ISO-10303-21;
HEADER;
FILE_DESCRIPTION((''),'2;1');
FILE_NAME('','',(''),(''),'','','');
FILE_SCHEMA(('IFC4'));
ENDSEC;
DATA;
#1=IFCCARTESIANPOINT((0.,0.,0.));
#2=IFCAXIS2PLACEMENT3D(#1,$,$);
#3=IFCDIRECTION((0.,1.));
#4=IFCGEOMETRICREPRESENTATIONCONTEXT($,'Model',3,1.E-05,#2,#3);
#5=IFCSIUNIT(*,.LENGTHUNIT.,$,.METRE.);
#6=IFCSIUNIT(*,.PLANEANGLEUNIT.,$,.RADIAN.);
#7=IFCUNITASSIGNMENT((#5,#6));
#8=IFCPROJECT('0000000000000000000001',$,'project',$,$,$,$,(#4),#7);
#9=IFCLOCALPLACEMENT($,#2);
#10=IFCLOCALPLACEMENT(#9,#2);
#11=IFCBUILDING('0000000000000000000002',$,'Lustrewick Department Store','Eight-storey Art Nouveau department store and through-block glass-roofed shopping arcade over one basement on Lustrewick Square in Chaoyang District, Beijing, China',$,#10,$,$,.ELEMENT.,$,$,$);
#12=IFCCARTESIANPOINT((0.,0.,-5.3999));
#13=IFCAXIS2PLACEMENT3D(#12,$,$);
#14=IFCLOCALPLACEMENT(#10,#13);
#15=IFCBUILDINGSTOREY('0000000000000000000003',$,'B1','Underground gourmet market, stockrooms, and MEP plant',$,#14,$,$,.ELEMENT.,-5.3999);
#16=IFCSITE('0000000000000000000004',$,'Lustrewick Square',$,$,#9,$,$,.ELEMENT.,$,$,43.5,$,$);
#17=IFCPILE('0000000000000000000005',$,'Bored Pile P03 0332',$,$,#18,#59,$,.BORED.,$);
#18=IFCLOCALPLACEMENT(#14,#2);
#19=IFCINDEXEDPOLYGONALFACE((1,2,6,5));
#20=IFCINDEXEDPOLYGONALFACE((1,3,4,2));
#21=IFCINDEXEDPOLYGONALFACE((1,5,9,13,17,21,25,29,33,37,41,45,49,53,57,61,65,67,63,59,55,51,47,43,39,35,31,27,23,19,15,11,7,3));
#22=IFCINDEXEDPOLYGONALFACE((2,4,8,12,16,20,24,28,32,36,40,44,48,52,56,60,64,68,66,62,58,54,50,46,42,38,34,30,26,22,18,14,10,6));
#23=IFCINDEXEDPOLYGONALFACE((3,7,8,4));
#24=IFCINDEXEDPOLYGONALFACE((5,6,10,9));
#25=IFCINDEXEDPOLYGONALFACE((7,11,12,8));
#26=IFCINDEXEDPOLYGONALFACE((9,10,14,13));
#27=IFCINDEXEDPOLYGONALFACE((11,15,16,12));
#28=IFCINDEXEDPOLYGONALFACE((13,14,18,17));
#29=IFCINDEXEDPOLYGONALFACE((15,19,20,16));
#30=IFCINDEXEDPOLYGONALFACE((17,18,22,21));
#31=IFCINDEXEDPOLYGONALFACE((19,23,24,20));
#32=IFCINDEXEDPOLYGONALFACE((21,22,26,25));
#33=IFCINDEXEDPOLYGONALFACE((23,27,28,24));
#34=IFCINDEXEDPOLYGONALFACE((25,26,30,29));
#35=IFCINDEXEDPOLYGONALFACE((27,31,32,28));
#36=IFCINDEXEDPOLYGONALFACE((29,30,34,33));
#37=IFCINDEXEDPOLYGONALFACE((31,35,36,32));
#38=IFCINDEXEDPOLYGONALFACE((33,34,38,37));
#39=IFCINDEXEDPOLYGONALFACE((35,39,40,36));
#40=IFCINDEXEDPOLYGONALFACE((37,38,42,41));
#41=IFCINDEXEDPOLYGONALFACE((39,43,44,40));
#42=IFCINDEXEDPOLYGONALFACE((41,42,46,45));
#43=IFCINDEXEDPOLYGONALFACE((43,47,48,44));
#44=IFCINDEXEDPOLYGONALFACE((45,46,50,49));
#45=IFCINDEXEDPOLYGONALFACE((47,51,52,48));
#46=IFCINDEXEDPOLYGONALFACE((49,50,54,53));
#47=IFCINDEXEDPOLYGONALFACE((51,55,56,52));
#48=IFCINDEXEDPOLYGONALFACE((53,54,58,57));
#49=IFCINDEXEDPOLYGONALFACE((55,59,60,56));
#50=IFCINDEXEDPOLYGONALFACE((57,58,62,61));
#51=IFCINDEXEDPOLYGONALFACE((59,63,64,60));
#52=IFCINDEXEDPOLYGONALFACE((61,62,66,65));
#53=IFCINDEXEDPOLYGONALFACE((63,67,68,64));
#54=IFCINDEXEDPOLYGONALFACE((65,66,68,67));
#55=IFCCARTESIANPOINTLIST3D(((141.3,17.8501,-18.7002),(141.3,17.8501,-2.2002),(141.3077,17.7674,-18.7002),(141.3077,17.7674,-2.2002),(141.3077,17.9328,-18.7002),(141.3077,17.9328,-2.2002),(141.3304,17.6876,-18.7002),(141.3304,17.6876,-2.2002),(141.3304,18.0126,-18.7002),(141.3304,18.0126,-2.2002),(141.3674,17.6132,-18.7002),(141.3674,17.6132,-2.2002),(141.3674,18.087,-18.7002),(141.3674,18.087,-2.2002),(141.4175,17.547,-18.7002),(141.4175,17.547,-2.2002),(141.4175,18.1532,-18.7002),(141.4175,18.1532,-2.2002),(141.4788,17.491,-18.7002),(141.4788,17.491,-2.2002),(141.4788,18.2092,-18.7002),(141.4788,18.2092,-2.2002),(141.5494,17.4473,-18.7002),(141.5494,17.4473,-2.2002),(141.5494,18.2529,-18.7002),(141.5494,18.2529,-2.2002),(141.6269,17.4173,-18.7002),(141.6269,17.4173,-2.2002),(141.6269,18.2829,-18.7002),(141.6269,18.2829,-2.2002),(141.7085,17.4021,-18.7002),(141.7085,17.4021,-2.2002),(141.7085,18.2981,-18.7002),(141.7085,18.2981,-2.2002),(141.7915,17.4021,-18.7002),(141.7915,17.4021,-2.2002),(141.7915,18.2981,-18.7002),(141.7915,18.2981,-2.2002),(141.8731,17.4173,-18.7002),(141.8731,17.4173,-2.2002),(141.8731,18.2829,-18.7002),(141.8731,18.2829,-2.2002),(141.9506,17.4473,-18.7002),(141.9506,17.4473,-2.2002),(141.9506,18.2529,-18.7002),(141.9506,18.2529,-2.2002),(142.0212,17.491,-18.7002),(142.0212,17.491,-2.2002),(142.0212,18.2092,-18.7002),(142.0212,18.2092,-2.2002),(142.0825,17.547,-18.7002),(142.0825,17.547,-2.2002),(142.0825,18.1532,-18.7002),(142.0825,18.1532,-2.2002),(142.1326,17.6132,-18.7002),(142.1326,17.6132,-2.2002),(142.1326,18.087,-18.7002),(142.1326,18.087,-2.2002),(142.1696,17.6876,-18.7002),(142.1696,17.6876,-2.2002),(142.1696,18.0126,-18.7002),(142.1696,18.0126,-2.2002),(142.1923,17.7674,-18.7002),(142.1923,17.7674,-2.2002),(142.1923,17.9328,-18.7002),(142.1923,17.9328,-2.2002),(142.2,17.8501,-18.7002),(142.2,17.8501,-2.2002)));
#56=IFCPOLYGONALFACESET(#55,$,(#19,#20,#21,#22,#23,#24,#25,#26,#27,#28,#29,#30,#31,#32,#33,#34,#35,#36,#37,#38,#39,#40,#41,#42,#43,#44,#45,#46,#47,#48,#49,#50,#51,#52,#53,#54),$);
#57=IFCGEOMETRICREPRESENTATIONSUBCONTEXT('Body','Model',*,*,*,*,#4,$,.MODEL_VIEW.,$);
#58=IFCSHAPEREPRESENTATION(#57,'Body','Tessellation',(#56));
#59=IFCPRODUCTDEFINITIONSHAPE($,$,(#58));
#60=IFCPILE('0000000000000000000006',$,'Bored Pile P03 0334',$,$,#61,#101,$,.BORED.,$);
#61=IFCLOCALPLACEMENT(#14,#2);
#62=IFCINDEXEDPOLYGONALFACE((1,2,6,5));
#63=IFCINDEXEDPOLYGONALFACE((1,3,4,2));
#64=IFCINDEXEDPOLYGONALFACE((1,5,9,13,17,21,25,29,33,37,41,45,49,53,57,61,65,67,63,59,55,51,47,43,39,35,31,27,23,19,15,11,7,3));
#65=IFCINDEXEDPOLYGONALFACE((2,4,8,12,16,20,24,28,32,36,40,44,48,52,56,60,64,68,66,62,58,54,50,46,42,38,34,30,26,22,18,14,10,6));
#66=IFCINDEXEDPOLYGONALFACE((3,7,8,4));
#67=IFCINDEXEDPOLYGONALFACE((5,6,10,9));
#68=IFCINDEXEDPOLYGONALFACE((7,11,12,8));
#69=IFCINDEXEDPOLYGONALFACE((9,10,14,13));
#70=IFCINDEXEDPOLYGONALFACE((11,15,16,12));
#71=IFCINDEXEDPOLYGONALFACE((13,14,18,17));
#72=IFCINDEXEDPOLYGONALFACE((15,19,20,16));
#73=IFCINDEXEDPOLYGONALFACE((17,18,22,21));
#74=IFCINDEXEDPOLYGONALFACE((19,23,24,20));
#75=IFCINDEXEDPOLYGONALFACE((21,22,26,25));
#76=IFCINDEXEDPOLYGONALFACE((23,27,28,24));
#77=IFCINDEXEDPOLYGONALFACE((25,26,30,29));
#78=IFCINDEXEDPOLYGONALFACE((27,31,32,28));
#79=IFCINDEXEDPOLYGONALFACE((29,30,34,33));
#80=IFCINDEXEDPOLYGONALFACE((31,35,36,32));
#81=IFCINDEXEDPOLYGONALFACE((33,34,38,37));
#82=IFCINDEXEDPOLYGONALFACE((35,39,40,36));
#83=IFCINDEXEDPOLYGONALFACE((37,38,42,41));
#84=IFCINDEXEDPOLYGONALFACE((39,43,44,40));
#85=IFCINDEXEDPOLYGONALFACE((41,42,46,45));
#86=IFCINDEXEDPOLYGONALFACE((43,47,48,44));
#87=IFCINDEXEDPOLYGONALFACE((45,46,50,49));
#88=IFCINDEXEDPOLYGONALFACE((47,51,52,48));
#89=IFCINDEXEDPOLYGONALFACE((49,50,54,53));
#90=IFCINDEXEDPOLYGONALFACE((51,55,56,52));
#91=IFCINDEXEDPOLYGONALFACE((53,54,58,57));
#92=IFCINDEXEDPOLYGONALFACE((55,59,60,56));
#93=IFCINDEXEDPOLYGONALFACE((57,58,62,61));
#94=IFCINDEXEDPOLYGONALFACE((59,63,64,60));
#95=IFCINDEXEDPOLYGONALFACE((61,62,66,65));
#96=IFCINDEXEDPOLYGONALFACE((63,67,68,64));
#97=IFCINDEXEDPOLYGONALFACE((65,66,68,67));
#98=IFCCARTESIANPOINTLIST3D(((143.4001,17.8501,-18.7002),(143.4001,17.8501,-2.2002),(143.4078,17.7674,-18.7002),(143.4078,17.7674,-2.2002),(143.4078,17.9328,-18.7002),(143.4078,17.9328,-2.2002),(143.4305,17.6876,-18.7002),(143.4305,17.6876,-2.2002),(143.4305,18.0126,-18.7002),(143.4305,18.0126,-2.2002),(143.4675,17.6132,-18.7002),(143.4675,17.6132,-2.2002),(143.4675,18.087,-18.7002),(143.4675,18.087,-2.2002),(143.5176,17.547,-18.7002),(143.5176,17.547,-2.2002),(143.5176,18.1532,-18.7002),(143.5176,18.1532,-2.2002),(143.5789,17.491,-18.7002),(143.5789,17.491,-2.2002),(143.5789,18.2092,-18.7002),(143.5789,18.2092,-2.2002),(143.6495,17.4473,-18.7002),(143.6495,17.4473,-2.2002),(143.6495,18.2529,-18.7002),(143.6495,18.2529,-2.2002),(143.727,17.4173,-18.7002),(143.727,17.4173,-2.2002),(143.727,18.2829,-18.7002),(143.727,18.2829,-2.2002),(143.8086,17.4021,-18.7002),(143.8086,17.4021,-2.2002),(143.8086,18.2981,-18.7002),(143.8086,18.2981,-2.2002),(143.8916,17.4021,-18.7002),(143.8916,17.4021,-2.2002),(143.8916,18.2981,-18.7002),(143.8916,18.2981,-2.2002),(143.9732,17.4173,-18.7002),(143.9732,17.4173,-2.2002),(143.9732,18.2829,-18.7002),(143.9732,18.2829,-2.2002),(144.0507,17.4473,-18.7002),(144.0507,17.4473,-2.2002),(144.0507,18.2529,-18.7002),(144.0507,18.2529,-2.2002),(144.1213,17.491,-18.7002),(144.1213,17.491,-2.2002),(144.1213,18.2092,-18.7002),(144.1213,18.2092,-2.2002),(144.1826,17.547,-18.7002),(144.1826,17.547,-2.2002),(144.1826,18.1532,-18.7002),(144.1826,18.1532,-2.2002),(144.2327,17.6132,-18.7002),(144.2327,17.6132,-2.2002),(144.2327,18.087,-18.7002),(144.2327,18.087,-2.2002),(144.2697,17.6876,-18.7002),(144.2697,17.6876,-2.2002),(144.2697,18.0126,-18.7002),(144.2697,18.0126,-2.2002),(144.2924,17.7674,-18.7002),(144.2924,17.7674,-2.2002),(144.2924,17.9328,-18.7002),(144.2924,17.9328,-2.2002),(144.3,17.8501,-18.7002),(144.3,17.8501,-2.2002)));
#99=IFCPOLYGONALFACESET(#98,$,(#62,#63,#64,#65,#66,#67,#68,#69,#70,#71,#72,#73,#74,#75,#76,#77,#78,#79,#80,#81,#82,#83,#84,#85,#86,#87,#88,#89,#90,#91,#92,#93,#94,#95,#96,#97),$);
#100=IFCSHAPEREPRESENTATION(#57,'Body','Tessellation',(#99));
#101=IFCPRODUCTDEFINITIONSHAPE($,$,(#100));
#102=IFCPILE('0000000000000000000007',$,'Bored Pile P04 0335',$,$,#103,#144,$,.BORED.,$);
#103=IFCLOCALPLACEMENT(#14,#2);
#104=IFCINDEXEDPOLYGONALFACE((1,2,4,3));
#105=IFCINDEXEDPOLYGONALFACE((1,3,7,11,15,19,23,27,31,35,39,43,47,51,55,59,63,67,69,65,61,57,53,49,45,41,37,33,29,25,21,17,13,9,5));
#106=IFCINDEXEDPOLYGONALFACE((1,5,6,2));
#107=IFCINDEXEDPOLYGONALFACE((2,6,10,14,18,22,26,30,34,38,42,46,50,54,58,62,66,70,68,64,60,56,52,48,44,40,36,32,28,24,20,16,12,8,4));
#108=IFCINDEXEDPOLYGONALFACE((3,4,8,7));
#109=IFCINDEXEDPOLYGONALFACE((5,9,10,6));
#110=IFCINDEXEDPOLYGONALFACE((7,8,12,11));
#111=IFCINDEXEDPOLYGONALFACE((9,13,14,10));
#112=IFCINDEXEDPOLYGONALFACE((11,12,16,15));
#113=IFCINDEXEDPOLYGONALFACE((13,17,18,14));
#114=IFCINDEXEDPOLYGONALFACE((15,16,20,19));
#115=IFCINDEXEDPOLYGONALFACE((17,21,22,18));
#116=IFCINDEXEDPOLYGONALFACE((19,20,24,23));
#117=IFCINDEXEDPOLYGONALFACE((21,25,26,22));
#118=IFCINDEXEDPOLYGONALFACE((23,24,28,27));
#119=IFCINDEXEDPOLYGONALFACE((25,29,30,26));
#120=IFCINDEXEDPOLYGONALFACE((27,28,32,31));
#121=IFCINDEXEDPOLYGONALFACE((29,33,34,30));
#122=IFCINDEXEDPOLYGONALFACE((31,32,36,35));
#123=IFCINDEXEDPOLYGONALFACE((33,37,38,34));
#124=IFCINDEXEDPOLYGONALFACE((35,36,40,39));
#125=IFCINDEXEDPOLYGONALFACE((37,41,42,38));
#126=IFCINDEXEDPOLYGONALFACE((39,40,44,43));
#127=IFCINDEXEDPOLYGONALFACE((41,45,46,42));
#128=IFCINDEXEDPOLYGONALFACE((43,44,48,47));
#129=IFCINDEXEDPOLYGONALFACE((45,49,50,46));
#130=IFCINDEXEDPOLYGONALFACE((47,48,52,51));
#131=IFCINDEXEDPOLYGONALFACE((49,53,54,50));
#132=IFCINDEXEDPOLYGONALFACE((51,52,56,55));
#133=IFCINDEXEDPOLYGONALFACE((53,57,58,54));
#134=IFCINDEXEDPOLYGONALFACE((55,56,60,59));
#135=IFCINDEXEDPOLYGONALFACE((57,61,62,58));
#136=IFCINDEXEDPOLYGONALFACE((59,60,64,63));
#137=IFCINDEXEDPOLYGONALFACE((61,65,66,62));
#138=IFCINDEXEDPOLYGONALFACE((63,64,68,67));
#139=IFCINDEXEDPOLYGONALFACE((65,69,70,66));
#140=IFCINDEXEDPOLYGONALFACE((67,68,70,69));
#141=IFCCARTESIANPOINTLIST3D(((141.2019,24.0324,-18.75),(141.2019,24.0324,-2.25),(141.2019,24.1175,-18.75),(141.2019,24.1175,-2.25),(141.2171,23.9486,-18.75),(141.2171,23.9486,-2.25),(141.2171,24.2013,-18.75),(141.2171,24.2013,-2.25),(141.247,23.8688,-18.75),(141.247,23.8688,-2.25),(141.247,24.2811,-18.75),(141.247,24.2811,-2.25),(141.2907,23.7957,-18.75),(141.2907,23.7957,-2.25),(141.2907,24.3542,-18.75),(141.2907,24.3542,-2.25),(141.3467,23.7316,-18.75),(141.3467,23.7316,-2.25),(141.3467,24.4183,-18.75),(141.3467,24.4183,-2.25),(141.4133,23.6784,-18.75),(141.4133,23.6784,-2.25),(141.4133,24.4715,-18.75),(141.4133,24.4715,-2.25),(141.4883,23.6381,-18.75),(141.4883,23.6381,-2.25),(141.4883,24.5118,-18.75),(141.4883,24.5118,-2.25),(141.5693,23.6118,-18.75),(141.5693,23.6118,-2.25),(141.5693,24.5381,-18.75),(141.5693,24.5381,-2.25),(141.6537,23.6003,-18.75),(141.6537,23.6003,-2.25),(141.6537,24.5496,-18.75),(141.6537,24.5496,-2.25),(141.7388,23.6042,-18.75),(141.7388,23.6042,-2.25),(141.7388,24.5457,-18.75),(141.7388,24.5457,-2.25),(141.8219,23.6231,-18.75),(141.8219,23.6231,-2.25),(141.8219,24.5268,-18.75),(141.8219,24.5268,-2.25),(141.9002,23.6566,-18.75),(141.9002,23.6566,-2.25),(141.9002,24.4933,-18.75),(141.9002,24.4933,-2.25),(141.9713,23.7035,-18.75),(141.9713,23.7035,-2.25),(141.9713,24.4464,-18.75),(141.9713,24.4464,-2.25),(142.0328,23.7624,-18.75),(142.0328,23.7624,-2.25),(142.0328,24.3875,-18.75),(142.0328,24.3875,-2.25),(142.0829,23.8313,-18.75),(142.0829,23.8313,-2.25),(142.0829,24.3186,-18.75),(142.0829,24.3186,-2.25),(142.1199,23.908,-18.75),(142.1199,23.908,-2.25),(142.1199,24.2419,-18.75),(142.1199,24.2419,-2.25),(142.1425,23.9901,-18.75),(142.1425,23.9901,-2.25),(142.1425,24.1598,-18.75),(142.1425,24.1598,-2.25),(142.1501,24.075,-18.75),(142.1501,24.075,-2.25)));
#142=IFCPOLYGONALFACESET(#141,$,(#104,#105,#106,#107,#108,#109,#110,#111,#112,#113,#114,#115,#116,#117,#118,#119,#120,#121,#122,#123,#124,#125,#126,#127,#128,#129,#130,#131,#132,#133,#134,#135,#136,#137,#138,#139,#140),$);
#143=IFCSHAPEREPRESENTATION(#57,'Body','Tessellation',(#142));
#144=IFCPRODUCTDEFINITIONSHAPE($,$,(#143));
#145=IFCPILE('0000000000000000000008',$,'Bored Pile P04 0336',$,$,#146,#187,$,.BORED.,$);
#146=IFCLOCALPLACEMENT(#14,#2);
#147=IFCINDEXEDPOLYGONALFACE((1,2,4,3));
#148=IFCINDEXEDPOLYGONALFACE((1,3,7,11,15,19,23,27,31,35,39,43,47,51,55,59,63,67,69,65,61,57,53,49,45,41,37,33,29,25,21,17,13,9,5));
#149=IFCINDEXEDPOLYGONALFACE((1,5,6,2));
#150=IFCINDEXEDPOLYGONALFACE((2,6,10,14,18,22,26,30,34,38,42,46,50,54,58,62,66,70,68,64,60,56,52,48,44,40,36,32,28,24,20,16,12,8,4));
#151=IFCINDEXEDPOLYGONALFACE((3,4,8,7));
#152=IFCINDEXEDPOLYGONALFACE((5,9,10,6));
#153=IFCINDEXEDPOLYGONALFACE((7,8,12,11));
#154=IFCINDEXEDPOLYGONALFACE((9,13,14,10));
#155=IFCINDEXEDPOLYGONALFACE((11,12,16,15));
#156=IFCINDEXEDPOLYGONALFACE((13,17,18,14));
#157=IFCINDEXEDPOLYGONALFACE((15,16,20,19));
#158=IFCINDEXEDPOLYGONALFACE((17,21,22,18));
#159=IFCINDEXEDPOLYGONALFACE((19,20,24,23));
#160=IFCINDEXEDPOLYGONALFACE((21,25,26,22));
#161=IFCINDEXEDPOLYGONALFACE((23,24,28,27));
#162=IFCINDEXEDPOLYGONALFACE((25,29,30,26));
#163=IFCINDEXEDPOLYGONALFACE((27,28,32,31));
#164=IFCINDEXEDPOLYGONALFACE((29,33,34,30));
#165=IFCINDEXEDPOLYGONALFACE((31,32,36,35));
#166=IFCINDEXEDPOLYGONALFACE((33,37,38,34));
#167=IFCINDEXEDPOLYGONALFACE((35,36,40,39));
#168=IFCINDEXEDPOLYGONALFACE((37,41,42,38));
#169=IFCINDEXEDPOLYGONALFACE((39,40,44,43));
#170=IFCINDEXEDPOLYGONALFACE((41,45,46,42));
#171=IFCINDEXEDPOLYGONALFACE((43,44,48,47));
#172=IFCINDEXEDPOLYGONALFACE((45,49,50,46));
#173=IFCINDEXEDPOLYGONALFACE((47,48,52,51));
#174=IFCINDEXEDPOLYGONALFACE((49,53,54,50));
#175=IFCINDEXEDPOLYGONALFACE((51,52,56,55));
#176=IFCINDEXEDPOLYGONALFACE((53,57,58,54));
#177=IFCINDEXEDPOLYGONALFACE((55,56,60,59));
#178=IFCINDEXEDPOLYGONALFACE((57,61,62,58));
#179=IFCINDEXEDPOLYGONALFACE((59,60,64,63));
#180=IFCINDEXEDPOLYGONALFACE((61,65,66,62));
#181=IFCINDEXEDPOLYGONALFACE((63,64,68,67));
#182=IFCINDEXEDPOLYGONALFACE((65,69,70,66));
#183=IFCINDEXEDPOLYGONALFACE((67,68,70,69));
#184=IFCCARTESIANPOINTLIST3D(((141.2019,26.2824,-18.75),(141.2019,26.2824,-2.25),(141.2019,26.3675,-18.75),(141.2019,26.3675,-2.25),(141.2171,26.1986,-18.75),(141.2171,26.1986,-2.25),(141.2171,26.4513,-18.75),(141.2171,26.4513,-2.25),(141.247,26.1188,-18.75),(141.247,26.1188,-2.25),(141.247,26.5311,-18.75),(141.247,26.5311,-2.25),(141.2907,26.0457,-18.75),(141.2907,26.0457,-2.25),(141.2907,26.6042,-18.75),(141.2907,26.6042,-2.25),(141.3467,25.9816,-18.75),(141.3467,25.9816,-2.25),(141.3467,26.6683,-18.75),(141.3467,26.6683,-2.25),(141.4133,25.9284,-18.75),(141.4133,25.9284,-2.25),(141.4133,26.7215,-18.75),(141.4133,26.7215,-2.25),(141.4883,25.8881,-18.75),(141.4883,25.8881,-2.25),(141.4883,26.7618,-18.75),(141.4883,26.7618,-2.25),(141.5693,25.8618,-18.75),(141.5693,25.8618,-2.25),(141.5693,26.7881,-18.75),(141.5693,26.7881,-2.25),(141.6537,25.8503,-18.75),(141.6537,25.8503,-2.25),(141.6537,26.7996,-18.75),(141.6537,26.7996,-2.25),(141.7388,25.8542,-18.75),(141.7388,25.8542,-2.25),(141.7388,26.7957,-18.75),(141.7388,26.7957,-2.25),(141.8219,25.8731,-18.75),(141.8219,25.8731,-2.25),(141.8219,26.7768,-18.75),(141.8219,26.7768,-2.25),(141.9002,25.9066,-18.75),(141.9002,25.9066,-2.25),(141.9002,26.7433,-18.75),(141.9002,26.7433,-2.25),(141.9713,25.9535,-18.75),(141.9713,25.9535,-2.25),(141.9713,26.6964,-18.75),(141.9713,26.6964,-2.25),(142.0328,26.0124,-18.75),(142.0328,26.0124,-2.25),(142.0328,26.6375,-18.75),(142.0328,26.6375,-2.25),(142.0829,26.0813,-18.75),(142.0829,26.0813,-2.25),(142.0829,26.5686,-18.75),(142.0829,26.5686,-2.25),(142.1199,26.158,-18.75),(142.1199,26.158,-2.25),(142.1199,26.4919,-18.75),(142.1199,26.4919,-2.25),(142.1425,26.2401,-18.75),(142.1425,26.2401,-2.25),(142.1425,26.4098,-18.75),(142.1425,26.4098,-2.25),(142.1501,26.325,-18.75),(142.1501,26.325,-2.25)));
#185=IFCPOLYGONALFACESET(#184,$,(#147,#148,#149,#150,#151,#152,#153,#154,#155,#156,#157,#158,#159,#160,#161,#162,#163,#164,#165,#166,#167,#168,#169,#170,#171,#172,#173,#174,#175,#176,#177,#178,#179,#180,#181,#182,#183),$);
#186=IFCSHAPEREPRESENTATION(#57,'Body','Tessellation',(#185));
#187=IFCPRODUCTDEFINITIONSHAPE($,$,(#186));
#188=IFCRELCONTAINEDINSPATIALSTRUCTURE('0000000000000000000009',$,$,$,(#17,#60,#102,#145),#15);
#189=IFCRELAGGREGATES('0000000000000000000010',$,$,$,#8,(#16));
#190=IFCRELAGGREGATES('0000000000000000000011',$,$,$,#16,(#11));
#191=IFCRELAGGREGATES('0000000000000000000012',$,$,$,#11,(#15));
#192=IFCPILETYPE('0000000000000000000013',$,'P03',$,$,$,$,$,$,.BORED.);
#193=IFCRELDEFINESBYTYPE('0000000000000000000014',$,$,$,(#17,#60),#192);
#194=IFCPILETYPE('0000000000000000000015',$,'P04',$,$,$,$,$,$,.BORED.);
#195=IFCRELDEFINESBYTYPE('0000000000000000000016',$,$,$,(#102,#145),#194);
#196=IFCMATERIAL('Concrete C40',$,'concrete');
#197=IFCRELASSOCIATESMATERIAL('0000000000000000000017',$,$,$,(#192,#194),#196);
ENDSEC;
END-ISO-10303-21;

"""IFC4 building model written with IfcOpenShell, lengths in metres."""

from ifc_helpers import new_model, si_unit, direction, frame, origin, origin_2d, place, context, subcontext, project, spatial, circle, extrude, material, material_profile, profile_set, type_object, element, save


model = new_model("IFC4")

# Units and contexts
model_context = context("Model", 3, precision=1e-05, world=origin(), true_north=direction((0.0, 1.0)))
body_context = subcontext(model_context, "Body", "Model", "MODEL_VIEW")
ifc_project = project(units=[si_unit("LENGTHUNIT", "METRE"), si_unit("PLANEANGLEUNIT", "RADIAN")], contexts=[model_context])

# Site, building, storey
site_placement = place(None, origin())
site = spatial("IfcSite", under=ifc_project, at=site_placement, Name="Lustrewick Square", CompositionType="ELEMENT", RefElevation=43.5)
building_placement = place(site_placement, origin())
building = spatial("IfcBuilding", under=site, at=building_placement, Name="Lustrewick Department Store", Description="Eight-storey Art Nouveau department store and through-block glass-roofed shopping arcade over one basement on Lustrewick Square in Chaoyang District, Beijing, China", CompositionType="ELEMENT")
storey_placement = place(building_placement, frame((0.0, 0.0, -5.3999)))
storey = spatial("IfcBuildingStorey", under=building, at=storey_placement, Name="B1", Description="Underground gourmet market, stockrooms, and MEP plant", CompositionType="ELEMENT", Elevation=-5.3999)

# Piles
ifc_material_1 = material(Name="Concrete C40", Category="concrete")
ifc_material_profile_1 = material_profile(ifc_material_1, circle(Radius=0.45, at=origin_2d()), Name="PILE D900")
ifc_profile_set_1 = profile_set([ifc_material_profile_1], Name="Concrete C40")
pile_type_1 = type_object("IfcPileType", Name="P03", PredefinedType="BORED", material=ifc_profile_set_1)
for number, where, z_axis, x_axis, name in (
    (1, (141.75, 17.8501, -2.2002), (0.0, 0.0, -1.0), (1.0, 0.0, 0.0), "Bored Pile P03 0332"),
    (2, (143.8501, 17.8501, -2.2002), (0.0, 0.0, -1.0), (1.0, 0.0, 0.0), "Bored Pile P03 0334"),
):
    element("IfcPile", number, at=place(storey_placement, frame(where, z_axis=z_axis, x_axis=x_axis)), inside=storey, type_object=pile_type_1, Name=name, PredefinedType="BORED", context=body_context, shape_type="SweptSolid", body=[
        extrude(circle(Radius=0.45, at=origin_2d()), origin(), (0.0, 0.0, 1.0), 16.5),
    ])
ifc_material_profile_2 = material_profile(ifc_material_1, circle(Radius=0.4751, at=origin_2d()), Name="PILE D950")
ifc_profile_set_2 = profile_set([ifc_material_profile_2], Name="Concrete C40")
pile_type_2 = type_object("IfcPileType", Name="P04", PredefinedType="BORED", material=ifc_profile_set_2)
for number, where, z_axis, x_axis, name in (
    (3, (141.675, 24.075, -2.25), (0.0, 0.0, -1.0), (1.0, 0.0, 0.0), "Bored Pile P04 0335"),
    (4, (141.675, 26.325, -2.25), (0.0, 0.0, -1.0), (1.0, 0.0, 0.0), "Bored Pile P04 0336"),
):
    element("IfcPile", number, at=place(storey_placement, frame(where, z_axis=z_axis, x_axis=x_axis)), inside=storey, type_object=pile_type_2, Name=name, PredefinedType="BORED", context=body_context, shape_type="SweptSolid", body=[
        extrude(circle(Radius=0.4751, at=origin_2d()), origin(), (0.0, 0.0, 1.0), 16.5),
    ])

save(model, "model.ifc")
